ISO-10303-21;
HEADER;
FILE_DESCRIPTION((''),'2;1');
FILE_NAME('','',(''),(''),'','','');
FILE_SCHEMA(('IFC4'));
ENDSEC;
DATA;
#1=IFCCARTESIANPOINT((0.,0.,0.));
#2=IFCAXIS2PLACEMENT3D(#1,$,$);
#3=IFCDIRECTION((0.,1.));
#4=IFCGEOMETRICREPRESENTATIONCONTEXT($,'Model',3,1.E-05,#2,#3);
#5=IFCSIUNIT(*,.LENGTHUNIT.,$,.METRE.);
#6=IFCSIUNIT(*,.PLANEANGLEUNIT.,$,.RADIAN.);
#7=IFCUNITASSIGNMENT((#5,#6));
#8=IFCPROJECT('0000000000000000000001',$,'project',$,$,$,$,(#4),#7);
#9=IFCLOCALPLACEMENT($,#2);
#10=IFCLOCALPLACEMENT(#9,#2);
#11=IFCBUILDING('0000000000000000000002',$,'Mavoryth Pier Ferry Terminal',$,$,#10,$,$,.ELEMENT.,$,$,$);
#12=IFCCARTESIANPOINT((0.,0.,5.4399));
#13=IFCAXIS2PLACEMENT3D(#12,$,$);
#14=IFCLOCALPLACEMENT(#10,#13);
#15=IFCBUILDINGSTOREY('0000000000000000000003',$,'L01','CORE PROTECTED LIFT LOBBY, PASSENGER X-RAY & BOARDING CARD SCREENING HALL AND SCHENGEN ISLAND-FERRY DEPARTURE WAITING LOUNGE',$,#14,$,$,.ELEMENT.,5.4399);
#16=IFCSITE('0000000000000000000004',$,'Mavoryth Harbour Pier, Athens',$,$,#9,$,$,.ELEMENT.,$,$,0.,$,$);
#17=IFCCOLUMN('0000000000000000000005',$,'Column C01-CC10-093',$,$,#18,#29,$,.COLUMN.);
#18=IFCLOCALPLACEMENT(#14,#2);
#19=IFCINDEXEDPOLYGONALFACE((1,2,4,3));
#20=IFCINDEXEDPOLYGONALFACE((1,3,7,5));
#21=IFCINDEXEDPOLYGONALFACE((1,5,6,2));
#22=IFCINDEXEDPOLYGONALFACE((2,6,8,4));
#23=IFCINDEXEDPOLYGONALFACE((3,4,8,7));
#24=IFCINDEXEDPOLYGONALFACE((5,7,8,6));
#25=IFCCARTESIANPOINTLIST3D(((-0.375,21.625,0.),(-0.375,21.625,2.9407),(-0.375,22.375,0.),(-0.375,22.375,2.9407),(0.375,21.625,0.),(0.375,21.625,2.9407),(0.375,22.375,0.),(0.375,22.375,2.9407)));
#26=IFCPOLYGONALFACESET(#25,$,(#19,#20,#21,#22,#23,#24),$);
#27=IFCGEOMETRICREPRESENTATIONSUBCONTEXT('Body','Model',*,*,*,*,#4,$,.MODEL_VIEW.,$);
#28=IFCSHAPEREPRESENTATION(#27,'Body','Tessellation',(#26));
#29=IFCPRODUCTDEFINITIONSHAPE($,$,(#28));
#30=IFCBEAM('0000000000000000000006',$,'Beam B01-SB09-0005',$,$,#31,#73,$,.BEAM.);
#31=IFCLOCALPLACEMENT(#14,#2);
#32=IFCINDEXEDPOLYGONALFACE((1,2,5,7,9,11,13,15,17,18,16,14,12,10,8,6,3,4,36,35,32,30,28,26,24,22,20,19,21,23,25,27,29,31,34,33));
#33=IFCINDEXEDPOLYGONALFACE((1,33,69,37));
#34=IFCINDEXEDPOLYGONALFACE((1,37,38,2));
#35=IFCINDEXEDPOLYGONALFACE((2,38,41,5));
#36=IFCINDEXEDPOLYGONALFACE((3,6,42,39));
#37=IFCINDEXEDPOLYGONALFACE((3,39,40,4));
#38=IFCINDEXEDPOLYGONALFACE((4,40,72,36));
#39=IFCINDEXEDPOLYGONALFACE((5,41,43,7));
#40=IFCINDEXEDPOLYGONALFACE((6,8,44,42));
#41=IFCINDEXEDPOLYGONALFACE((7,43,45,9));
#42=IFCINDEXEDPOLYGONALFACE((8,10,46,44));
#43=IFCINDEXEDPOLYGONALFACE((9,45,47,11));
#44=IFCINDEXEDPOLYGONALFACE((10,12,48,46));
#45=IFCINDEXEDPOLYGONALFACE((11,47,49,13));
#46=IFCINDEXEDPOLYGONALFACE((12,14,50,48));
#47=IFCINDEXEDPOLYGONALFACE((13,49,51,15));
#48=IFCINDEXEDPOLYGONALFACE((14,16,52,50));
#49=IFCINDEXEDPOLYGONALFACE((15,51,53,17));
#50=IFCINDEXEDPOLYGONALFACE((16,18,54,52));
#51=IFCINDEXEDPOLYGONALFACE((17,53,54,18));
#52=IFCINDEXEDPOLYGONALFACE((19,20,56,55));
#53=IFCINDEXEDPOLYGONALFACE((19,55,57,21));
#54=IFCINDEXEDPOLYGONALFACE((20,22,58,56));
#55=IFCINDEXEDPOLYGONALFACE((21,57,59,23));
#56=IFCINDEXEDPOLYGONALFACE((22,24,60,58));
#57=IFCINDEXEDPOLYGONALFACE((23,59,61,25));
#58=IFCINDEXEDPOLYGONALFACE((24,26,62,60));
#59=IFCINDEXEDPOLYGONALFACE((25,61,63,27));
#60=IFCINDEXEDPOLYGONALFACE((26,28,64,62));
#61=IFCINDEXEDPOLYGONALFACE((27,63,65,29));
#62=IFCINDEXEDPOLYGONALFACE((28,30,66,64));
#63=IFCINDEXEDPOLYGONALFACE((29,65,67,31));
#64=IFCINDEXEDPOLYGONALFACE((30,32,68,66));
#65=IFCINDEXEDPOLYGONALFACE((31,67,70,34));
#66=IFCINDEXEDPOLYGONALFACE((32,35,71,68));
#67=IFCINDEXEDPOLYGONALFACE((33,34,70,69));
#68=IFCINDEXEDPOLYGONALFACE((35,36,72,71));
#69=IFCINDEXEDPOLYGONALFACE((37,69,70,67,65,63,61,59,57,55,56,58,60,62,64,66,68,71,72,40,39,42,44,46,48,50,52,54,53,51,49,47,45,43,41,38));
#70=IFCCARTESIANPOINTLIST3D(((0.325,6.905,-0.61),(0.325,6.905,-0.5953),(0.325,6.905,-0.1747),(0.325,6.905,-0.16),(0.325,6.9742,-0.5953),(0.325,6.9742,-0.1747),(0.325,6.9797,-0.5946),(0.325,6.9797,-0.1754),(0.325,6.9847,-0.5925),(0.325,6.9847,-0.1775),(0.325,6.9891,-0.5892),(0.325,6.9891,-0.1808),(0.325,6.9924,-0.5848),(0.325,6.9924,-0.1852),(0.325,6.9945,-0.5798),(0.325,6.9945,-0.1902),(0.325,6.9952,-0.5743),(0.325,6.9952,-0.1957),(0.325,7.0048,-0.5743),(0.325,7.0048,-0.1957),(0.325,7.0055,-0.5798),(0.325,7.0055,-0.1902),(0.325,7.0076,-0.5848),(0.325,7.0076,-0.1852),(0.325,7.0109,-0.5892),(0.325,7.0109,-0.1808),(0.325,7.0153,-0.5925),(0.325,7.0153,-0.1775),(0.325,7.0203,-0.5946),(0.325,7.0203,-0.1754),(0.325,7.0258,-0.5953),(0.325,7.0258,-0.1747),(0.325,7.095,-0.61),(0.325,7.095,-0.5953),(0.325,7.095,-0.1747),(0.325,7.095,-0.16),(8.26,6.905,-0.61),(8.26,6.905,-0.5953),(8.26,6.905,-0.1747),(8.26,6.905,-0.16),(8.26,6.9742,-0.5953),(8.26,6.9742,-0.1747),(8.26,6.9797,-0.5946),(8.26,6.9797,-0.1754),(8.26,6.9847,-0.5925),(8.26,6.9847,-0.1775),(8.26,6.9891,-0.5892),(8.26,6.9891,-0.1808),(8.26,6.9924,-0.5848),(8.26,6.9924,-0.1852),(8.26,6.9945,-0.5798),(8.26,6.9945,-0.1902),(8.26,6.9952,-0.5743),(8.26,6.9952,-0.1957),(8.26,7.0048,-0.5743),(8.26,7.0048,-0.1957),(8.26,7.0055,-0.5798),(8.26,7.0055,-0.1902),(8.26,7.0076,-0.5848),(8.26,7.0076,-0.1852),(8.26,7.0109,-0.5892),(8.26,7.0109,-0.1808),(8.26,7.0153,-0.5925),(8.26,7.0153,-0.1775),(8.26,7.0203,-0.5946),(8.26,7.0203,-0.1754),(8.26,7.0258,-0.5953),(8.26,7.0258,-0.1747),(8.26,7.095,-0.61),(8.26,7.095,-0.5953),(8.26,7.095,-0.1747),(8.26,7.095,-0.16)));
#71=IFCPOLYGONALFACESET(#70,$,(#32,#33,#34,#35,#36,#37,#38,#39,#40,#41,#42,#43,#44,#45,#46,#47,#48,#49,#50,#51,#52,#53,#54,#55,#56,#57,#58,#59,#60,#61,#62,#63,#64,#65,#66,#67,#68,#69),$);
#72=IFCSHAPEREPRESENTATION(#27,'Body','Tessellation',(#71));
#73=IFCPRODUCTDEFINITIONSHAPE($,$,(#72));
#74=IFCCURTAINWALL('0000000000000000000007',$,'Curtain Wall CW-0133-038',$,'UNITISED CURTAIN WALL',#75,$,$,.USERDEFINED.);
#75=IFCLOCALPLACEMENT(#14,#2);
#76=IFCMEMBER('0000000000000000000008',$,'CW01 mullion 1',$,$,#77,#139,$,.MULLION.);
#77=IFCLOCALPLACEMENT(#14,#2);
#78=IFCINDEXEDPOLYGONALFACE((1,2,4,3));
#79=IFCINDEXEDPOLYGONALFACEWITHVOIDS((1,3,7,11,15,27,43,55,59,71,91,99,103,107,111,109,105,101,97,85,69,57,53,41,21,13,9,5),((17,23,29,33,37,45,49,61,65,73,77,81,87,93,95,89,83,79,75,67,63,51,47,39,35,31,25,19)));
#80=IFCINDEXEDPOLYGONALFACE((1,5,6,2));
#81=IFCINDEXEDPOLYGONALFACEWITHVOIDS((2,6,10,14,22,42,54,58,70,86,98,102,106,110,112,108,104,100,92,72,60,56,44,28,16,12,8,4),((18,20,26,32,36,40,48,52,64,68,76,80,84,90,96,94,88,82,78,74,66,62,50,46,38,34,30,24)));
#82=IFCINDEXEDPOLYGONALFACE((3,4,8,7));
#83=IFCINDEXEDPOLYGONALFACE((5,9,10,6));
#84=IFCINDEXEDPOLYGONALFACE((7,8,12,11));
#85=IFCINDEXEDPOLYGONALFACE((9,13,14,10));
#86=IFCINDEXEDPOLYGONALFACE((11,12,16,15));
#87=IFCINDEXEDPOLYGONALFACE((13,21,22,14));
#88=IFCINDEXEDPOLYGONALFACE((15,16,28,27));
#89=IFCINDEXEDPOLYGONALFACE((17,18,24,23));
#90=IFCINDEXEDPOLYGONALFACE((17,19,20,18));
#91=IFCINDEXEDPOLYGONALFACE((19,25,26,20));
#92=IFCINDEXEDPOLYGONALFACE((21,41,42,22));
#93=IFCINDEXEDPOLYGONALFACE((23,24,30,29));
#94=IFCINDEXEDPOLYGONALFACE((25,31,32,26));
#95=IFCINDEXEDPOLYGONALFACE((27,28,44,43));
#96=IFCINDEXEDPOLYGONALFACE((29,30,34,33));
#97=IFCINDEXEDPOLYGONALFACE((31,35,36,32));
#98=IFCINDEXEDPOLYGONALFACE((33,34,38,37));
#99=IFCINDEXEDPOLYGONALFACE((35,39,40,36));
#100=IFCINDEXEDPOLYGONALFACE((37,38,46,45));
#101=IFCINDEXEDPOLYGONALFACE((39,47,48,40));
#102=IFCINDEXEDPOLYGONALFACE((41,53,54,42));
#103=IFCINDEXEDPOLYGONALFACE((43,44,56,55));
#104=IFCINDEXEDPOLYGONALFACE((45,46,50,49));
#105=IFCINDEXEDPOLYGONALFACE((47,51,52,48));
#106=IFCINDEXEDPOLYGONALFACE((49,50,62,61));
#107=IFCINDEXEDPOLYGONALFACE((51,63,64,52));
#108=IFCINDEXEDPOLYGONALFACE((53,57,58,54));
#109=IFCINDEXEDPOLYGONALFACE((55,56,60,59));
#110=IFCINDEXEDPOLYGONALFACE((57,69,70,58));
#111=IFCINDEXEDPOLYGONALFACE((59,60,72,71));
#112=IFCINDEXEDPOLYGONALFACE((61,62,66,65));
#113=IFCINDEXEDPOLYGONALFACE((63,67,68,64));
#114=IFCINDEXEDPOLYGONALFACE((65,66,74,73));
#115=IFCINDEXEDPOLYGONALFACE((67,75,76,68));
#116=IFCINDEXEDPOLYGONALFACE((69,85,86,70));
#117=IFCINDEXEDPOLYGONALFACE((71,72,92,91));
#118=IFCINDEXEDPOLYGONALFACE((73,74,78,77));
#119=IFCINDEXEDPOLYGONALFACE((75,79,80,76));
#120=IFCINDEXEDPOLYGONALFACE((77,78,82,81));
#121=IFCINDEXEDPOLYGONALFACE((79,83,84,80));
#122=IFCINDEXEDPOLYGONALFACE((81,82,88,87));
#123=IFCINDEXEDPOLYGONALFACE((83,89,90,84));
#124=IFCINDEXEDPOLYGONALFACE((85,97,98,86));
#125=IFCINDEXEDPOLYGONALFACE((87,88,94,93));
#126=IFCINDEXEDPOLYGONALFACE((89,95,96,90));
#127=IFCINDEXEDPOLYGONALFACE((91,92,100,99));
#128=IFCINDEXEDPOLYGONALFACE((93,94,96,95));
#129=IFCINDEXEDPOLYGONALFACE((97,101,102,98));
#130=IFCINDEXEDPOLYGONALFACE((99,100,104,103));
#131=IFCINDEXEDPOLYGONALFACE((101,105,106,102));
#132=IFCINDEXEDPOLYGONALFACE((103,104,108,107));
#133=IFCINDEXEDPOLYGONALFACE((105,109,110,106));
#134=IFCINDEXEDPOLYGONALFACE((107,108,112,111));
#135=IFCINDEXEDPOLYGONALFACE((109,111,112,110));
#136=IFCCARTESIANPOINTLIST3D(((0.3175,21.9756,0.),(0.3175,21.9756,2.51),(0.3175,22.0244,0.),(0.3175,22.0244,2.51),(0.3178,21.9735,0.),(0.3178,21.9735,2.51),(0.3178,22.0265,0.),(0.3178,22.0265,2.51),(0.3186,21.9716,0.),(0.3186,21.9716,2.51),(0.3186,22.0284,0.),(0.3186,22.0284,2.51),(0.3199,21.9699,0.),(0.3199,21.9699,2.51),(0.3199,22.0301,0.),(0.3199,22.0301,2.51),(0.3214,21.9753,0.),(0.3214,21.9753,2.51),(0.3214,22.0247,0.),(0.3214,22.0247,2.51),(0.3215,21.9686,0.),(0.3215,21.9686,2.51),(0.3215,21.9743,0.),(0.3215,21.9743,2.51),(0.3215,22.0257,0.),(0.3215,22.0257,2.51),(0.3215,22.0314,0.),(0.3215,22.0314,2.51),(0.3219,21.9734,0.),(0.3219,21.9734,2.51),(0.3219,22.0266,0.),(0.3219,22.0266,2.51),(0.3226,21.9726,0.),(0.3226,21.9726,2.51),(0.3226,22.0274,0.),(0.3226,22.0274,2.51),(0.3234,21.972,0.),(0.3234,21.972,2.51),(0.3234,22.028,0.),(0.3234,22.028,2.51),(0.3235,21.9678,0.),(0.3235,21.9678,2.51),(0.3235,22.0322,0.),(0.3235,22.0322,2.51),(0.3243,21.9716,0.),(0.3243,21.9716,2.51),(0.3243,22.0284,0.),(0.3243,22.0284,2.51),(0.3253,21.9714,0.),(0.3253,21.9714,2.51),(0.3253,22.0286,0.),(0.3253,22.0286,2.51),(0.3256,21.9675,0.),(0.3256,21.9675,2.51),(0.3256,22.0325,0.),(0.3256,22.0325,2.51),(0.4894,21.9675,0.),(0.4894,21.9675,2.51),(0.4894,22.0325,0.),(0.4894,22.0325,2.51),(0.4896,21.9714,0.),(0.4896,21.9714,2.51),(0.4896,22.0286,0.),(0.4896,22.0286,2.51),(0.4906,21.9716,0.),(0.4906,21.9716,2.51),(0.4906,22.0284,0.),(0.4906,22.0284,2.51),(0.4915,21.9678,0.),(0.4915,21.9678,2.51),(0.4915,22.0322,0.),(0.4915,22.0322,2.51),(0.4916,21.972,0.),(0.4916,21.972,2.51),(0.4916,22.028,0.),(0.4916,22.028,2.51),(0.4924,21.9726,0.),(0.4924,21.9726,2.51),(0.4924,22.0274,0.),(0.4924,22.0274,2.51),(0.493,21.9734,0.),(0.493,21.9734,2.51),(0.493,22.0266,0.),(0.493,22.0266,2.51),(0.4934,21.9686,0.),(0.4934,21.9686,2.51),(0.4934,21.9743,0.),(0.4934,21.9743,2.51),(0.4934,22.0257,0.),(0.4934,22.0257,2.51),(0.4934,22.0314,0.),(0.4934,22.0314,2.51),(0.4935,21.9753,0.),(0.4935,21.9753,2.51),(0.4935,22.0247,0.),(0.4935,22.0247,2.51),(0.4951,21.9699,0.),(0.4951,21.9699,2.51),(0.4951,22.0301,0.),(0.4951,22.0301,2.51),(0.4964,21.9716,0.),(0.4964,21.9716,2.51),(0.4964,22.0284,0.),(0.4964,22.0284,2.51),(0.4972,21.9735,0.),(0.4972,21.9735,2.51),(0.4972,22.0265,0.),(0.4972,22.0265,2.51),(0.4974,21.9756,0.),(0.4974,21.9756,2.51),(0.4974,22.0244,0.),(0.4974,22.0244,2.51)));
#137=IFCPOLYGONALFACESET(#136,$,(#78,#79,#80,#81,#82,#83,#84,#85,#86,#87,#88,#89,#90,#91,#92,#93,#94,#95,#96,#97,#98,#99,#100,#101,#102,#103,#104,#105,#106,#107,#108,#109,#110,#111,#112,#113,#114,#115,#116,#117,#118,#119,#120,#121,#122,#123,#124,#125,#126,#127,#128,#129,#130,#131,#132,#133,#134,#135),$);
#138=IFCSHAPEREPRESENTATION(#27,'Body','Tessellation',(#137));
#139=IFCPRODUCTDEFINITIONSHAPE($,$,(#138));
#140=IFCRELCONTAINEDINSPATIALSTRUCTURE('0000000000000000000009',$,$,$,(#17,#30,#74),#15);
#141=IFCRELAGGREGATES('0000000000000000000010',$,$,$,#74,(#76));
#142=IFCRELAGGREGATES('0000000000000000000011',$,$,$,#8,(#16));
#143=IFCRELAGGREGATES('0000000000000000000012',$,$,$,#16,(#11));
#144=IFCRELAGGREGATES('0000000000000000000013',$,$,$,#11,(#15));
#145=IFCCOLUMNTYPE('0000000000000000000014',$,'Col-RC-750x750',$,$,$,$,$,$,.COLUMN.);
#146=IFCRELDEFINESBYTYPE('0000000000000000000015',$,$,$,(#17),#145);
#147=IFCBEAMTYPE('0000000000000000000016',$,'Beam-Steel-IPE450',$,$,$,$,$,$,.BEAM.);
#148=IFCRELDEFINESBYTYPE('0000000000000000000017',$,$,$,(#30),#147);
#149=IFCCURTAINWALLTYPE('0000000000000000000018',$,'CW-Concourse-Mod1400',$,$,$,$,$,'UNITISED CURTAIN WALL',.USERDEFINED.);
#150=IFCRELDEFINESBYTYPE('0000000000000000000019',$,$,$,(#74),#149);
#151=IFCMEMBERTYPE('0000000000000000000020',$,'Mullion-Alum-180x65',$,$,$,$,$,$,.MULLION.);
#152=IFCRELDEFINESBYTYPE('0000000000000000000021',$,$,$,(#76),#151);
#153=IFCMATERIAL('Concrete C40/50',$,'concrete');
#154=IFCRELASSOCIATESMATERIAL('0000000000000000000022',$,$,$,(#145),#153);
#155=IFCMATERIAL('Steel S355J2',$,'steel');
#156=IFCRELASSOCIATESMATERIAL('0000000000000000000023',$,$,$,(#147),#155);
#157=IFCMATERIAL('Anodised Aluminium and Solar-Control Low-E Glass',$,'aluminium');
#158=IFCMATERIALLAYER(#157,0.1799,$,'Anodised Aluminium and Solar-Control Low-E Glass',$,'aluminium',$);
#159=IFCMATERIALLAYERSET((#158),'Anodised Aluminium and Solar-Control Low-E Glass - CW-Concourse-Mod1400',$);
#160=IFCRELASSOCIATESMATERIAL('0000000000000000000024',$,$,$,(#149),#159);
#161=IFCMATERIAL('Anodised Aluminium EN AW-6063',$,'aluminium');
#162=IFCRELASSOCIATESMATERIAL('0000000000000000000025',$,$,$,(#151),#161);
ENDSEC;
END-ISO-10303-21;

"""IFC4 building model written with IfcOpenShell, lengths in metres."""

from ifc_helpers import new_model, si_unit, direction, frame, origin, origin_2d, place, context, subcontext, project, spatial, rectangle, hollow_rectangle, i_section, extrude, material, layer, layer_set, material_profile, profile_set, type_object, element, aggregate, save


model = new_model("IFC4")

# Units and contexts
model_context = context("Model", 3, precision=1e-05, world=origin(), true_north=direction((0.0, 1.0)))
body_context = subcontext(model_context, "Body", "Model", "MODEL_VIEW")
ifc_project = project(units=[si_unit("LENGTHUNIT", "METRE"), si_unit("PLANEANGLEUNIT", "RADIAN")], contexts=[model_context])

# Site, building, storey
site_placement = place(None, origin())
site = spatial("IfcSite", under=ifc_project, at=site_placement, Name="Mavoryth Harbour Pier, Athens", CompositionType="ELEMENT", RefElevation=0.0)
building_placement = place(site_placement, origin())
building = spatial("IfcBuilding", under=site, at=building_placement, Name="Mavoryth Pier Ferry Terminal", CompositionType="ELEMENT")
storey_placement = place(building_placement, frame((0.0, 0.0, 5.4399)))
storey = spatial("IfcBuildingStorey", under=building, at=storey_placement, Name="L01", Description="CORE PROTECTED LIFT LOBBY, PASSENGER X-RAY & BOARDING CARD SCREENING HALL AND SCHENGEN ISLAND-FERRY DEPARTURE WAITING LOUNGE", CompositionType="ELEMENT", Elevation=5.4399)

# Column
ifc_material_1 = material(Name="Concrete C40/50", Category="concrete")
ifc_material_profile_1 = material_profile(ifc_material_1, rectangle(XDim=0.75, YDim=0.75, at=origin_2d()), Name="RC 750x750", Category="concrete")
ifc_profile_set_1 = profile_set([ifc_material_profile_1], Name="Concrete C40/50 - RC 750x750")
column_type = type_object("IfcColumnType", Name="Col-RC-750x750", PredefinedType="COLUMN", material=ifc_profile_set_1)
column_placement = place(storey_placement, frame((0.0, 22.0, 0.0), z_axis=(0.0, 0.0, 1.0), x_axis=(1.0, 0.0, 0.0)))
element("IfcColumn", 1, at=column_placement, inside=storey, type_object=column_type, Name="Column C01-CC10-093", PredefinedType="COLUMN", context=body_context, shape_type="SweptSolid", body=[
    extrude(rectangle(XDim=0.75, YDim=0.75, at=origin_2d()), origin(), (0.0, 0.0, 1.0), 2.9407),
])

# Beam
ifc_material_2 = material(Name="Steel S355J2", Category="steel")
ifc_material_profile_2 = material_profile(ifc_material_2, i_section(OverallWidth=0.1899, OverallDepth=0.45, WebThickness=0.0095, FlangeThickness=0.0146, FilletRadius=0.021, at=origin_2d()), Name="IPE 450", Category="steel")
ifc_profile_set_2 = profile_set([ifc_material_profile_2], Name="Steel S355J2 - IPE 450")
beam_type_1 = type_object("IfcBeamType", Name="Beam-Steel-IPE450", PredefinedType="BEAM", material=ifc_profile_set_2)
beam_placement = place(storey_placement, frame((0.325, 7.0, -0.385), z_axis=(1.0, 0.0, 0.0), x_axis=(0.0, 1.0, 0.0)))
element("IfcBeam", 2, at=beam_placement, inside=storey, type_object=beam_type_1, Name="Beam B01-SB09-0005", PredefinedType="BEAM", context=body_context, shape_type="SweptSolid", body=[
    extrude(i_section(OverallWidth=0.1899, OverallDepth=0.45, WebThickness=0.0095, FlangeThickness=0.0146, FilletRadius=0.021, at=origin_2d()), origin(), (0.0, 0.0, 1.0), 7.9351),
])

# Curtain wall, member
ifc_material_3 = material(Name="Anodised Aluminium and Solar-Control Low-E Glass", Category="aluminium")
ifc_layer_1 = layer(ifc_material_3, 0.1799, Name="Anodised Aluminium and Solar-Control Low-E Glass", Category="aluminium")
ifc_layer_set_1 = layer_set([ifc_layer_1], Name="Anodised Aluminium and Solar-Control Low-E Glass - CW-Concourse-Mod1400")
curtain_wall_type = type_object("IfcCurtainWallType", Name="CW-Concourse-Mod1400", ElementType="UNITISED CURTAIN WALL", PredefinedType="USERDEFINED", material=ifc_layer_set_1)
curtain_wall_placement = place(storey_placement, origin())
curtain_wall = element("IfcCurtainWall", 3, at=curtain_wall_placement, inside=storey, type_object=curtain_wall_type, Name="Curtain Wall CW-0133-038", ObjectType="UNITISED CURTAIN WALL", PredefinedType="USERDEFINED")
ifc_material_4 = material(Name="Anodised Aluminium EN AW-6063", Category="aluminium")
ifc_material_profile_3 = material_profile(ifc_material_4, hollow_rectangle(XDim=0.0649, YDim=0.1799, WallThickness=0.0039, InnerFilletRadius=0.0039, OuterFilletRadius=0.0081, at=origin_2d()), Name="AL-MULL 180x65x4", Category="aluminium")
ifc_profile_set_3 = profile_set([ifc_material_profile_3], Name="Anodised Aluminium EN AW-6063 - AL-MULL 180x65x4")
member_type_1 = type_object("IfcMemberType", Name="Mullion-Alum-180x65", PredefinedType="MULLION", material=ifc_profile_set_3)
member_1_placement = place(storey_placement, frame((0.4075, 22.0, 0.0), z_axis=(0.0, 0.0, 1.0), x_axis=(0.0, 1.0, 0.0)))
member_1 = element("IfcMember", 4, at=member_1_placement, type_object=member_type_1, Name="CW01 mullion 1", PredefinedType="MULLION", context=body_context, shape_type="SweptSolid", body=[
    extrude(hollow_rectangle(XDim=0.0649, YDim=0.1799, WallThickness=0.0039, InnerFilletRadius=0.0039, OuterFilletRadius=0.0081, at=origin_2d()), origin(), (0.0, 0.0, 1.0), 2.51),
])

aggregate(curtain_wall, [member_1])

save(model, "model.ifc")
